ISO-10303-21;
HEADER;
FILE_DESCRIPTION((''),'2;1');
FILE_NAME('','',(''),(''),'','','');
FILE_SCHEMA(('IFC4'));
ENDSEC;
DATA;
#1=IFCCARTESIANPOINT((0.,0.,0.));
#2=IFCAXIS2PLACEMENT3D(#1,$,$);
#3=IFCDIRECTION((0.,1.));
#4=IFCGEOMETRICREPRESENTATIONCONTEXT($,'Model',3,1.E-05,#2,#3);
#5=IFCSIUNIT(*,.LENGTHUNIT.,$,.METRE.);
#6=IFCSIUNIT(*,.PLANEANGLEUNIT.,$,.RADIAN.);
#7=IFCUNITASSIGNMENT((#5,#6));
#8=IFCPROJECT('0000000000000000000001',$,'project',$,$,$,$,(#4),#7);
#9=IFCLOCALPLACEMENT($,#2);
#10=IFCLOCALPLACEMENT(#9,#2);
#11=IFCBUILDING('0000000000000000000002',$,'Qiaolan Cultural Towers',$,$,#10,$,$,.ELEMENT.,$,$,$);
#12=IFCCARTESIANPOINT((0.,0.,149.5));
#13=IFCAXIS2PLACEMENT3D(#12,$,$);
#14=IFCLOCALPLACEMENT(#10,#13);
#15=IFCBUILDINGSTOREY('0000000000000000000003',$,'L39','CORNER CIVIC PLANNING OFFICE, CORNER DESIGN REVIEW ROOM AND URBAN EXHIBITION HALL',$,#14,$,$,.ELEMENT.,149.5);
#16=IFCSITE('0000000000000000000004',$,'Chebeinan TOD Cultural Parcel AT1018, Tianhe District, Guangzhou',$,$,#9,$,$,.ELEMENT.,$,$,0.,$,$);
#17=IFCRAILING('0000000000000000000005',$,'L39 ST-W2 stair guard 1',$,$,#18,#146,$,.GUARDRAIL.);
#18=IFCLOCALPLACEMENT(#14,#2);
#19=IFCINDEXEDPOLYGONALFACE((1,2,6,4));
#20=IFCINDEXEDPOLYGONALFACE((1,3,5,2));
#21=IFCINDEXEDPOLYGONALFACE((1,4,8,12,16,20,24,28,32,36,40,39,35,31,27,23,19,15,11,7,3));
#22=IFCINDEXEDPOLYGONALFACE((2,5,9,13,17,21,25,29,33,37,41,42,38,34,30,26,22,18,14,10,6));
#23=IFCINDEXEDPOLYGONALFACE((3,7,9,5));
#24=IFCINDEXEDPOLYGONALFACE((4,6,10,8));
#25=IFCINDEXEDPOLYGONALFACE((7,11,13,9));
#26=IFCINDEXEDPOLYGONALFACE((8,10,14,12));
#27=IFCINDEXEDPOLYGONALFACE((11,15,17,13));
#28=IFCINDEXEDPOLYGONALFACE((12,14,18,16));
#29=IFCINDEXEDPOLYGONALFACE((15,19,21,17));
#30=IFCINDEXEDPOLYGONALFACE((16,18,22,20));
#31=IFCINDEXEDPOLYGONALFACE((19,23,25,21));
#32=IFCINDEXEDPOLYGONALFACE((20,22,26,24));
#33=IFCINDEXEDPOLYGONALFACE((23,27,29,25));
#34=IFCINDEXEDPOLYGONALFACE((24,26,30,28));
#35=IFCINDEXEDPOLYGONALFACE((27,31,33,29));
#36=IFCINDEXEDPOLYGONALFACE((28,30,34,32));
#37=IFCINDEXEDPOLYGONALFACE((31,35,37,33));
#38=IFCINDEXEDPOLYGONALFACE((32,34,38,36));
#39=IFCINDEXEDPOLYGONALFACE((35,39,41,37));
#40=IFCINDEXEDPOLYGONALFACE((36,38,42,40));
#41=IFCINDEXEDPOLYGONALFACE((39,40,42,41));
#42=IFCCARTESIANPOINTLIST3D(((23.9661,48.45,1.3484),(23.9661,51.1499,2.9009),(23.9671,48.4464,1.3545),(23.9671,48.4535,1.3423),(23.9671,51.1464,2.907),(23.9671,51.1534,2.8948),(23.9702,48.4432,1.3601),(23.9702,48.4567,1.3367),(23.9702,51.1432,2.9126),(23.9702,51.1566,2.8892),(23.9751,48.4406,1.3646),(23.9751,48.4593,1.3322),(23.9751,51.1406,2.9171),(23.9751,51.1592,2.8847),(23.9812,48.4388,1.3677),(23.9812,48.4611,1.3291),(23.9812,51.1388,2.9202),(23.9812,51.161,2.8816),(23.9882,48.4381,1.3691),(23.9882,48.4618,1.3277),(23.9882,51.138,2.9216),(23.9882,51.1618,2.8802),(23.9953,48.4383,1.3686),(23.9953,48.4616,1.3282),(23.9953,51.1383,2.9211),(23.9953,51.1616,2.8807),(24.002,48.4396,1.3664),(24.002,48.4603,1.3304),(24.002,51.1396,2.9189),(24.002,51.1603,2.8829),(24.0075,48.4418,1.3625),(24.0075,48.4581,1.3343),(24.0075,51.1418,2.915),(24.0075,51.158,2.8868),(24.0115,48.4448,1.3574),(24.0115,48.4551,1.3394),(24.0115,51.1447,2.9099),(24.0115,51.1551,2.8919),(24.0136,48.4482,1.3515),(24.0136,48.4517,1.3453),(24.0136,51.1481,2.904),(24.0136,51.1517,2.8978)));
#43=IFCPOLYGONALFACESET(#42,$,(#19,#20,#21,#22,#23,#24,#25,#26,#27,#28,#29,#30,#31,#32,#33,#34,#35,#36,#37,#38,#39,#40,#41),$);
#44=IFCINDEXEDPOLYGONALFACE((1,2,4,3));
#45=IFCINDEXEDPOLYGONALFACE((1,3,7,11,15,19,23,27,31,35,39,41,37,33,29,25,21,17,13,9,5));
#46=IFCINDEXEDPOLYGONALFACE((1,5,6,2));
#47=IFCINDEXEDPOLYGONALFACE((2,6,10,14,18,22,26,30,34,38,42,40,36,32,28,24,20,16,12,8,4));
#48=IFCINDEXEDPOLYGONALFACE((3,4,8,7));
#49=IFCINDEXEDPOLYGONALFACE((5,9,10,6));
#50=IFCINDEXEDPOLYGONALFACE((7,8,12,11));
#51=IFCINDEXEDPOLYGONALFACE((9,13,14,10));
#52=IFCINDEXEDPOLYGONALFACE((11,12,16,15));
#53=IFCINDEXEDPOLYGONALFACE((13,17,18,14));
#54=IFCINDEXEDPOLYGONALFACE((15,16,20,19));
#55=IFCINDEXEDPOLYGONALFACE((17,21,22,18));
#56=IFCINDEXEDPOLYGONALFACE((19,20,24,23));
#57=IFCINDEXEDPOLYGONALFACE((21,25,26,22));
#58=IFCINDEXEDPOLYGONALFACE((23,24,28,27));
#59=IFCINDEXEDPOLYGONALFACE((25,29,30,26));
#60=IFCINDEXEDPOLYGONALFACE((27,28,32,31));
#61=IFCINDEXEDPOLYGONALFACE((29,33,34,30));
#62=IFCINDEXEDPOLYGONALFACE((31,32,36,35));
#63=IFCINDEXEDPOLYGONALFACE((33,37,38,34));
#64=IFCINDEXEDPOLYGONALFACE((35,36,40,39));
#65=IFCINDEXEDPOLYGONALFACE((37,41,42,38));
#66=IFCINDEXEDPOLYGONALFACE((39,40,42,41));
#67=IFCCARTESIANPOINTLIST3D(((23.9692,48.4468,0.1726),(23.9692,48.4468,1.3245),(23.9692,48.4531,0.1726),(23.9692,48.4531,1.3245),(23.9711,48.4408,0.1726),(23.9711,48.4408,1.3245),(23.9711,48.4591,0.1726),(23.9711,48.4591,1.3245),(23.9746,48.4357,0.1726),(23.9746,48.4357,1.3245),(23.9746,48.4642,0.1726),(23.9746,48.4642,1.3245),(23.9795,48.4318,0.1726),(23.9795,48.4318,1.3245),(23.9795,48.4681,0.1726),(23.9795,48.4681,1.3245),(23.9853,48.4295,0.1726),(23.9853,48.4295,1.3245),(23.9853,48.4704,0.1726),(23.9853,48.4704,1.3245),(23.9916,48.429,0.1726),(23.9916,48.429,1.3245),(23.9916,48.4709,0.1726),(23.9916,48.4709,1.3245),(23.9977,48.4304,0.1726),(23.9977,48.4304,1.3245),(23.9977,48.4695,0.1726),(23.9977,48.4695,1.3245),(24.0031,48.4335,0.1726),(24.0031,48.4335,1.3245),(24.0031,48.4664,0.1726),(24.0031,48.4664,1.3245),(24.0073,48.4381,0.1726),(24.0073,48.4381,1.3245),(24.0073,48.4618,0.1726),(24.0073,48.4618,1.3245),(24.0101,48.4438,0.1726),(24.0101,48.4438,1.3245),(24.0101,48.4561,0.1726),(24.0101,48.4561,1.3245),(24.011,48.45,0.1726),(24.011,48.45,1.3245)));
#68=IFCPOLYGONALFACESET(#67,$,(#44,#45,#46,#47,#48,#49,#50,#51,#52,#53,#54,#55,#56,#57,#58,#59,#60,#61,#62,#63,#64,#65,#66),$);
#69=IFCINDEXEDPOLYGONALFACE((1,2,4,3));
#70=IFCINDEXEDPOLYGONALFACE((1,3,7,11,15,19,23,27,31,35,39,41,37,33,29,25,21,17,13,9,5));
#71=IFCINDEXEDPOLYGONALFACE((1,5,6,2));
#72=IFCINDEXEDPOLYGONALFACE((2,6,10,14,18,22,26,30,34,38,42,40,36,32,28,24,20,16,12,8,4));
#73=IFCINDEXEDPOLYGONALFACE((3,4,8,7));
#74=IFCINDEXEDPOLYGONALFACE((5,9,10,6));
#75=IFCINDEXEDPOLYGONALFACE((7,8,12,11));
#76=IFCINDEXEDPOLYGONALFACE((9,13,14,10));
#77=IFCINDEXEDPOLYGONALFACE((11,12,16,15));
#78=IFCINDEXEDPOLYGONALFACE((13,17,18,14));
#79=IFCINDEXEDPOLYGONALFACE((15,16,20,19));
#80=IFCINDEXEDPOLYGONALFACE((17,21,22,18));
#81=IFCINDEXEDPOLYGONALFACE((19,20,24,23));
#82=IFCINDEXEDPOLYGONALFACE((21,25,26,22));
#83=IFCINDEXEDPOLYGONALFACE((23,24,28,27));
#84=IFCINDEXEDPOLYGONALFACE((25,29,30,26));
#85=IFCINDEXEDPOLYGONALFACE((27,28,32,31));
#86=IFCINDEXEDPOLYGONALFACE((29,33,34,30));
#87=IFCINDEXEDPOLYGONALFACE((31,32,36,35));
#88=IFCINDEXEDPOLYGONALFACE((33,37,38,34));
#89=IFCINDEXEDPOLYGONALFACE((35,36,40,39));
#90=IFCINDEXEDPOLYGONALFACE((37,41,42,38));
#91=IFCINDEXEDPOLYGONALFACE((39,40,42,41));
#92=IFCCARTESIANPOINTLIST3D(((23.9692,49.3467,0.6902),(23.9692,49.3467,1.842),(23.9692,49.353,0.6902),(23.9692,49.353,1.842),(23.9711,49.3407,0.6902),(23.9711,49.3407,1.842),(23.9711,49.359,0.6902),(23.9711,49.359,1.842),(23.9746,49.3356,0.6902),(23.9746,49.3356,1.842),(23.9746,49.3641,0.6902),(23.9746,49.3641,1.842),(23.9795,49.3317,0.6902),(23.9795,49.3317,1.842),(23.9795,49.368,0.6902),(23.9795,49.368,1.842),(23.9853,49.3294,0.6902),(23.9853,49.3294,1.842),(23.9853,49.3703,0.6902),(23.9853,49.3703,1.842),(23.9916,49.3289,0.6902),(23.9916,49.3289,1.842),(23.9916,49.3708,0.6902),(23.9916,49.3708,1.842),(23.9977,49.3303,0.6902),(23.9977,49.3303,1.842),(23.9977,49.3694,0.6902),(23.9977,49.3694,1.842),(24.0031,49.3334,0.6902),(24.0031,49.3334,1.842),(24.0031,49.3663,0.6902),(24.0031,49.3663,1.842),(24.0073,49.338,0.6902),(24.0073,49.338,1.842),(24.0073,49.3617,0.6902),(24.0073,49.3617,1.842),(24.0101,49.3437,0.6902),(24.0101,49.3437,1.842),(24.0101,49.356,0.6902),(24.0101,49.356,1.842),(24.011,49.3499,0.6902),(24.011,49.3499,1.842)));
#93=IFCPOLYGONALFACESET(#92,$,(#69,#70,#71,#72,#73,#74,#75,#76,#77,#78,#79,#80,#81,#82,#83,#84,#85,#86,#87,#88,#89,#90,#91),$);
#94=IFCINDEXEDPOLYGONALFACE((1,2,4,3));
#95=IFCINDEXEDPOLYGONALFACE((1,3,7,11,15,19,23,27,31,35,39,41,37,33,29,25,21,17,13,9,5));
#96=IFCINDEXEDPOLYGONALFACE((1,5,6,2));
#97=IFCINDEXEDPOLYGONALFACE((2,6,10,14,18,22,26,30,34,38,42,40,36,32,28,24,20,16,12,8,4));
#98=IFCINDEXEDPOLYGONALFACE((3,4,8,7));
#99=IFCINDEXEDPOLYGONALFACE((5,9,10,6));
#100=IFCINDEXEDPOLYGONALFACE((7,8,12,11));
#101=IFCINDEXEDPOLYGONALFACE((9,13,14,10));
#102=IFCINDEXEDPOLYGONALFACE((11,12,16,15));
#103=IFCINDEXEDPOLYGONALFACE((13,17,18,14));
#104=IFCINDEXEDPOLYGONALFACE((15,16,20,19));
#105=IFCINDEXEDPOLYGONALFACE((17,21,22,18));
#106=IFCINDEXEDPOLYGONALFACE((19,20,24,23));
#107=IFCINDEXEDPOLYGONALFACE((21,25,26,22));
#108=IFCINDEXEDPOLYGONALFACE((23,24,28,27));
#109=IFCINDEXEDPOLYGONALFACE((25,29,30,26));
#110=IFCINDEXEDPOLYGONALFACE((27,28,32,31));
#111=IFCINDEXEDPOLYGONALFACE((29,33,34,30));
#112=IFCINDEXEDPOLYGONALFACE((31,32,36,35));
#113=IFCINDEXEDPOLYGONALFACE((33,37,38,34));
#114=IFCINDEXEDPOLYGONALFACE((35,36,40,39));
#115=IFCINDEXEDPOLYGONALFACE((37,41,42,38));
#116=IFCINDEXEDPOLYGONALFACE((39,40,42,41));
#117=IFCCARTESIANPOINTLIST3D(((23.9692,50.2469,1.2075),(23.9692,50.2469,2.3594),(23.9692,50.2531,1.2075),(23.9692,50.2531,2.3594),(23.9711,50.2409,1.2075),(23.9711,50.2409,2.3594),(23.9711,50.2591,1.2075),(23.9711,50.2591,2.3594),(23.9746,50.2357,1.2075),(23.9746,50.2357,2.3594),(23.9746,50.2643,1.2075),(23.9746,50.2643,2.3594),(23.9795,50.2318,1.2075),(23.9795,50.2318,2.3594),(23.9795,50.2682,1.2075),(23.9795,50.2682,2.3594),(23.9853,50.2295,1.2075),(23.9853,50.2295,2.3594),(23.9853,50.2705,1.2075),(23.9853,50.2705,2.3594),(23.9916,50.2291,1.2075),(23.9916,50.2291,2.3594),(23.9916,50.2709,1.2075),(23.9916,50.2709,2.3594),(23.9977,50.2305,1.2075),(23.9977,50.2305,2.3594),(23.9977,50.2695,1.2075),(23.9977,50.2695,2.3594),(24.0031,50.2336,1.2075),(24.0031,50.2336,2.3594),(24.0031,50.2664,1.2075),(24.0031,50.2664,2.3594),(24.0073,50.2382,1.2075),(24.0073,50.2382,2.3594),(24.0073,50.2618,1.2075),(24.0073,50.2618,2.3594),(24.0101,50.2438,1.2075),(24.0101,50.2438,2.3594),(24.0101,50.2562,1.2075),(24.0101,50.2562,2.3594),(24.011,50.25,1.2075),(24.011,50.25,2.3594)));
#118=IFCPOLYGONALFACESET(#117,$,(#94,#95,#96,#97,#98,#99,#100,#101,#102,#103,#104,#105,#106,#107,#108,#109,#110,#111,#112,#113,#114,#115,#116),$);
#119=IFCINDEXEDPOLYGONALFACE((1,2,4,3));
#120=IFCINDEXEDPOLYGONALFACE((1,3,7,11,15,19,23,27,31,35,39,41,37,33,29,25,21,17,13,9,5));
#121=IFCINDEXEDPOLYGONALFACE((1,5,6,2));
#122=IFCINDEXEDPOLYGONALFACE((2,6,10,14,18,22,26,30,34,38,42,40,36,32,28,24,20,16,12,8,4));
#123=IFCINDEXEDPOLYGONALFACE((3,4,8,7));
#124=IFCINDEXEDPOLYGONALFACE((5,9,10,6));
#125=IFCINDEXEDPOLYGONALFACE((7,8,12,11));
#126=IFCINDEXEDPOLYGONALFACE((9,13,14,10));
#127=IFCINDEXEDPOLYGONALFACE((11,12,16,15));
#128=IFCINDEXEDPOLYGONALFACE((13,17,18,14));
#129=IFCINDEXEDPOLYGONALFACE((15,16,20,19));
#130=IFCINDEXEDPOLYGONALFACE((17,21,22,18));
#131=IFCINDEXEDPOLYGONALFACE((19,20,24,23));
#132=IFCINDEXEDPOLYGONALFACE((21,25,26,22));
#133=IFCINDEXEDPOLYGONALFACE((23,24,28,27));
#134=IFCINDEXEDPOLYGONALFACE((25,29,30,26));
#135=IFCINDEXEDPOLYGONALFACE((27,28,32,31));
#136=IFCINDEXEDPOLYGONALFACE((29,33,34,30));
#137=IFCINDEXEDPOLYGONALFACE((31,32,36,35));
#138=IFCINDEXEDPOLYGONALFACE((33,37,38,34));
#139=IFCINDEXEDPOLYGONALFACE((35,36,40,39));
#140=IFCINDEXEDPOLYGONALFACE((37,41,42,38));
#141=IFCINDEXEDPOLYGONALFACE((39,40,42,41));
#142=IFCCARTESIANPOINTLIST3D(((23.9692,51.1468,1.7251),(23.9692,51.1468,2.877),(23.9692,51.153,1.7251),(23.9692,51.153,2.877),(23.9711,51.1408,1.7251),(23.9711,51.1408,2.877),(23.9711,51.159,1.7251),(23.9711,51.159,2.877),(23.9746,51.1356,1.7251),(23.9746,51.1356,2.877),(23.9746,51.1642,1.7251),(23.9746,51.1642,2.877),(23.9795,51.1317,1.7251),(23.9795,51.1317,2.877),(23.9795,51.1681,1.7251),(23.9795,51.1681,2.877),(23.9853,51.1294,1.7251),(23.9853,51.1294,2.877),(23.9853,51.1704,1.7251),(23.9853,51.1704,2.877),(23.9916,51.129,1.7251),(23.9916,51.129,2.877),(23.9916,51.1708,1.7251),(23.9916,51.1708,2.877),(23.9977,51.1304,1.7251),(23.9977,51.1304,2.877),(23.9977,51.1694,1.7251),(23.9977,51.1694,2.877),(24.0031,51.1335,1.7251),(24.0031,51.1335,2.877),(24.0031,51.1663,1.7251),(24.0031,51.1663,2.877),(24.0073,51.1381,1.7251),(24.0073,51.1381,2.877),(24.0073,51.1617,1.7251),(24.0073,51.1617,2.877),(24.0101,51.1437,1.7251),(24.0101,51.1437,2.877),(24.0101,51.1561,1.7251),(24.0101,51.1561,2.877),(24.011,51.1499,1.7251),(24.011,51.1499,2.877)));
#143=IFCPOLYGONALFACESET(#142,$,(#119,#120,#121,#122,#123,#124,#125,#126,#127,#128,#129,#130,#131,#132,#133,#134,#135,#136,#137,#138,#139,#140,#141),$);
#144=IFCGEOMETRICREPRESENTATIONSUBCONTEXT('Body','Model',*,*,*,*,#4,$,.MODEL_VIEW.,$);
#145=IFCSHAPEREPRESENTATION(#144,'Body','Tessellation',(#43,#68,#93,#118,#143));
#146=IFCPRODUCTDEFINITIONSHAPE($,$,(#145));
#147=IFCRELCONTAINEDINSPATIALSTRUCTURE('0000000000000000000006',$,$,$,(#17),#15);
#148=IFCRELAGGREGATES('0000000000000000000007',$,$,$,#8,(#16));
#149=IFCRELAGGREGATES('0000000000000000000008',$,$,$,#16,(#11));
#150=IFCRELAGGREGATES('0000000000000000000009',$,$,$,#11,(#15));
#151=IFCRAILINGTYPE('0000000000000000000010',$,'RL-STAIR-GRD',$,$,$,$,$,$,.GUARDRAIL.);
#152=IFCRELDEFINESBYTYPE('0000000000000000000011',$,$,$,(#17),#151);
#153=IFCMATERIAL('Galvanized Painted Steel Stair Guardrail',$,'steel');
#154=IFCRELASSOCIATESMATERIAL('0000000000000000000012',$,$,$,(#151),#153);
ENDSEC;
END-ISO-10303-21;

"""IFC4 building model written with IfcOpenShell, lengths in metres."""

from ifc_helpers import new_model, si_unit, direction, frame, origin, origin_2d, place, context, subcontext, project, spatial, circle, extrude, material, type_object, element, save


model = new_model("IFC4")

# Units and contexts
model_context = context("Model", 3, precision=1e-05, world=origin(), true_north=direction((0.0, 1.0)))
body_context = subcontext(model_context, "Body", "Model", "MODEL_VIEW")
ifc_project = project(units=[si_unit("LENGTHUNIT", "METRE"), si_unit("PLANEANGLEUNIT", "RADIAN")], contexts=[model_context])

# Site, building, storey
site_placement = place(None, origin())
site = spatial("IfcSite", under=ifc_project, at=site_placement, Name="Chebeinan TOD Cultural Parcel AT1018, Tianhe District, Guangzhou", CompositionType="ELEMENT", RefElevation=0.0)
building_placement = place(site_placement, origin())
building = spatial("IfcBuilding", under=site, at=building_placement, Name="Qiaolan Cultural Towers", CompositionType="ELEMENT")
storey_placement = place(building_placement, frame((0.0, 0.0, 149.5)))
storey = spatial("IfcBuildingStorey", under=building, at=storey_placement, Name="L39", Description="CORNER CIVIC PLANNING OFFICE, CORNER DESIGN REVIEW ROOM AND URBAN EXHIBITION HALL", CompositionType="ELEMENT", Elevation=149.5)

# Railing
ifc_material_1 = material(Name="Galvanized Painted Steel Stair Guardrail", Category="steel")
railing_type_1 = type_object("IfcRailingType", Name="RL-STAIR-GRD", PredefinedType="GUARDRAIL", material=ifc_material_1)
railing_1_placement = place(storey_placement, frame((23.99, 48.45, 0.1726)))
element("IfcRailing", 1, at=railing_1_placement, inside=storey, type_object=railing_type_1, Name="L39 ST-W2 stair guard 1", PredefinedType="GUARDRAIL", context=body_context, shape_type="SweptSolid", body=[
    extrude(circle(Radius=0.0239, at=origin_2d()), frame((0.0, 0.0, 1.1758), z_axis=(0.0, 0.866904, 0.498476), x_axis=(-1.0, 0.0, 0.0)), (0.0, 0.0, 1.0), 3.1145),
    extrude(circle(Radius=0.021, at=origin_2d()), origin(), (0.0, 0.0, 1.0), 1.1519),
    extrude(circle(Radius=0.021, at=origin_2d()), frame((0.0, 0.8999, 0.5176)), (0.0, 0.0, 1.0), 1.1519),
    extrude(circle(Radius=0.021, at=origin_2d()), frame((0.0, 1.8, 1.0349)), (0.0, 0.0, 1.0), 1.1519),
    extrude(circle(Radius=0.021, at=origin_2d()), frame((0.0, 2.7, 1.5525)), (0.0, 0.0, 1.0), 1.1519),
])

save(model, "model.ifc")
